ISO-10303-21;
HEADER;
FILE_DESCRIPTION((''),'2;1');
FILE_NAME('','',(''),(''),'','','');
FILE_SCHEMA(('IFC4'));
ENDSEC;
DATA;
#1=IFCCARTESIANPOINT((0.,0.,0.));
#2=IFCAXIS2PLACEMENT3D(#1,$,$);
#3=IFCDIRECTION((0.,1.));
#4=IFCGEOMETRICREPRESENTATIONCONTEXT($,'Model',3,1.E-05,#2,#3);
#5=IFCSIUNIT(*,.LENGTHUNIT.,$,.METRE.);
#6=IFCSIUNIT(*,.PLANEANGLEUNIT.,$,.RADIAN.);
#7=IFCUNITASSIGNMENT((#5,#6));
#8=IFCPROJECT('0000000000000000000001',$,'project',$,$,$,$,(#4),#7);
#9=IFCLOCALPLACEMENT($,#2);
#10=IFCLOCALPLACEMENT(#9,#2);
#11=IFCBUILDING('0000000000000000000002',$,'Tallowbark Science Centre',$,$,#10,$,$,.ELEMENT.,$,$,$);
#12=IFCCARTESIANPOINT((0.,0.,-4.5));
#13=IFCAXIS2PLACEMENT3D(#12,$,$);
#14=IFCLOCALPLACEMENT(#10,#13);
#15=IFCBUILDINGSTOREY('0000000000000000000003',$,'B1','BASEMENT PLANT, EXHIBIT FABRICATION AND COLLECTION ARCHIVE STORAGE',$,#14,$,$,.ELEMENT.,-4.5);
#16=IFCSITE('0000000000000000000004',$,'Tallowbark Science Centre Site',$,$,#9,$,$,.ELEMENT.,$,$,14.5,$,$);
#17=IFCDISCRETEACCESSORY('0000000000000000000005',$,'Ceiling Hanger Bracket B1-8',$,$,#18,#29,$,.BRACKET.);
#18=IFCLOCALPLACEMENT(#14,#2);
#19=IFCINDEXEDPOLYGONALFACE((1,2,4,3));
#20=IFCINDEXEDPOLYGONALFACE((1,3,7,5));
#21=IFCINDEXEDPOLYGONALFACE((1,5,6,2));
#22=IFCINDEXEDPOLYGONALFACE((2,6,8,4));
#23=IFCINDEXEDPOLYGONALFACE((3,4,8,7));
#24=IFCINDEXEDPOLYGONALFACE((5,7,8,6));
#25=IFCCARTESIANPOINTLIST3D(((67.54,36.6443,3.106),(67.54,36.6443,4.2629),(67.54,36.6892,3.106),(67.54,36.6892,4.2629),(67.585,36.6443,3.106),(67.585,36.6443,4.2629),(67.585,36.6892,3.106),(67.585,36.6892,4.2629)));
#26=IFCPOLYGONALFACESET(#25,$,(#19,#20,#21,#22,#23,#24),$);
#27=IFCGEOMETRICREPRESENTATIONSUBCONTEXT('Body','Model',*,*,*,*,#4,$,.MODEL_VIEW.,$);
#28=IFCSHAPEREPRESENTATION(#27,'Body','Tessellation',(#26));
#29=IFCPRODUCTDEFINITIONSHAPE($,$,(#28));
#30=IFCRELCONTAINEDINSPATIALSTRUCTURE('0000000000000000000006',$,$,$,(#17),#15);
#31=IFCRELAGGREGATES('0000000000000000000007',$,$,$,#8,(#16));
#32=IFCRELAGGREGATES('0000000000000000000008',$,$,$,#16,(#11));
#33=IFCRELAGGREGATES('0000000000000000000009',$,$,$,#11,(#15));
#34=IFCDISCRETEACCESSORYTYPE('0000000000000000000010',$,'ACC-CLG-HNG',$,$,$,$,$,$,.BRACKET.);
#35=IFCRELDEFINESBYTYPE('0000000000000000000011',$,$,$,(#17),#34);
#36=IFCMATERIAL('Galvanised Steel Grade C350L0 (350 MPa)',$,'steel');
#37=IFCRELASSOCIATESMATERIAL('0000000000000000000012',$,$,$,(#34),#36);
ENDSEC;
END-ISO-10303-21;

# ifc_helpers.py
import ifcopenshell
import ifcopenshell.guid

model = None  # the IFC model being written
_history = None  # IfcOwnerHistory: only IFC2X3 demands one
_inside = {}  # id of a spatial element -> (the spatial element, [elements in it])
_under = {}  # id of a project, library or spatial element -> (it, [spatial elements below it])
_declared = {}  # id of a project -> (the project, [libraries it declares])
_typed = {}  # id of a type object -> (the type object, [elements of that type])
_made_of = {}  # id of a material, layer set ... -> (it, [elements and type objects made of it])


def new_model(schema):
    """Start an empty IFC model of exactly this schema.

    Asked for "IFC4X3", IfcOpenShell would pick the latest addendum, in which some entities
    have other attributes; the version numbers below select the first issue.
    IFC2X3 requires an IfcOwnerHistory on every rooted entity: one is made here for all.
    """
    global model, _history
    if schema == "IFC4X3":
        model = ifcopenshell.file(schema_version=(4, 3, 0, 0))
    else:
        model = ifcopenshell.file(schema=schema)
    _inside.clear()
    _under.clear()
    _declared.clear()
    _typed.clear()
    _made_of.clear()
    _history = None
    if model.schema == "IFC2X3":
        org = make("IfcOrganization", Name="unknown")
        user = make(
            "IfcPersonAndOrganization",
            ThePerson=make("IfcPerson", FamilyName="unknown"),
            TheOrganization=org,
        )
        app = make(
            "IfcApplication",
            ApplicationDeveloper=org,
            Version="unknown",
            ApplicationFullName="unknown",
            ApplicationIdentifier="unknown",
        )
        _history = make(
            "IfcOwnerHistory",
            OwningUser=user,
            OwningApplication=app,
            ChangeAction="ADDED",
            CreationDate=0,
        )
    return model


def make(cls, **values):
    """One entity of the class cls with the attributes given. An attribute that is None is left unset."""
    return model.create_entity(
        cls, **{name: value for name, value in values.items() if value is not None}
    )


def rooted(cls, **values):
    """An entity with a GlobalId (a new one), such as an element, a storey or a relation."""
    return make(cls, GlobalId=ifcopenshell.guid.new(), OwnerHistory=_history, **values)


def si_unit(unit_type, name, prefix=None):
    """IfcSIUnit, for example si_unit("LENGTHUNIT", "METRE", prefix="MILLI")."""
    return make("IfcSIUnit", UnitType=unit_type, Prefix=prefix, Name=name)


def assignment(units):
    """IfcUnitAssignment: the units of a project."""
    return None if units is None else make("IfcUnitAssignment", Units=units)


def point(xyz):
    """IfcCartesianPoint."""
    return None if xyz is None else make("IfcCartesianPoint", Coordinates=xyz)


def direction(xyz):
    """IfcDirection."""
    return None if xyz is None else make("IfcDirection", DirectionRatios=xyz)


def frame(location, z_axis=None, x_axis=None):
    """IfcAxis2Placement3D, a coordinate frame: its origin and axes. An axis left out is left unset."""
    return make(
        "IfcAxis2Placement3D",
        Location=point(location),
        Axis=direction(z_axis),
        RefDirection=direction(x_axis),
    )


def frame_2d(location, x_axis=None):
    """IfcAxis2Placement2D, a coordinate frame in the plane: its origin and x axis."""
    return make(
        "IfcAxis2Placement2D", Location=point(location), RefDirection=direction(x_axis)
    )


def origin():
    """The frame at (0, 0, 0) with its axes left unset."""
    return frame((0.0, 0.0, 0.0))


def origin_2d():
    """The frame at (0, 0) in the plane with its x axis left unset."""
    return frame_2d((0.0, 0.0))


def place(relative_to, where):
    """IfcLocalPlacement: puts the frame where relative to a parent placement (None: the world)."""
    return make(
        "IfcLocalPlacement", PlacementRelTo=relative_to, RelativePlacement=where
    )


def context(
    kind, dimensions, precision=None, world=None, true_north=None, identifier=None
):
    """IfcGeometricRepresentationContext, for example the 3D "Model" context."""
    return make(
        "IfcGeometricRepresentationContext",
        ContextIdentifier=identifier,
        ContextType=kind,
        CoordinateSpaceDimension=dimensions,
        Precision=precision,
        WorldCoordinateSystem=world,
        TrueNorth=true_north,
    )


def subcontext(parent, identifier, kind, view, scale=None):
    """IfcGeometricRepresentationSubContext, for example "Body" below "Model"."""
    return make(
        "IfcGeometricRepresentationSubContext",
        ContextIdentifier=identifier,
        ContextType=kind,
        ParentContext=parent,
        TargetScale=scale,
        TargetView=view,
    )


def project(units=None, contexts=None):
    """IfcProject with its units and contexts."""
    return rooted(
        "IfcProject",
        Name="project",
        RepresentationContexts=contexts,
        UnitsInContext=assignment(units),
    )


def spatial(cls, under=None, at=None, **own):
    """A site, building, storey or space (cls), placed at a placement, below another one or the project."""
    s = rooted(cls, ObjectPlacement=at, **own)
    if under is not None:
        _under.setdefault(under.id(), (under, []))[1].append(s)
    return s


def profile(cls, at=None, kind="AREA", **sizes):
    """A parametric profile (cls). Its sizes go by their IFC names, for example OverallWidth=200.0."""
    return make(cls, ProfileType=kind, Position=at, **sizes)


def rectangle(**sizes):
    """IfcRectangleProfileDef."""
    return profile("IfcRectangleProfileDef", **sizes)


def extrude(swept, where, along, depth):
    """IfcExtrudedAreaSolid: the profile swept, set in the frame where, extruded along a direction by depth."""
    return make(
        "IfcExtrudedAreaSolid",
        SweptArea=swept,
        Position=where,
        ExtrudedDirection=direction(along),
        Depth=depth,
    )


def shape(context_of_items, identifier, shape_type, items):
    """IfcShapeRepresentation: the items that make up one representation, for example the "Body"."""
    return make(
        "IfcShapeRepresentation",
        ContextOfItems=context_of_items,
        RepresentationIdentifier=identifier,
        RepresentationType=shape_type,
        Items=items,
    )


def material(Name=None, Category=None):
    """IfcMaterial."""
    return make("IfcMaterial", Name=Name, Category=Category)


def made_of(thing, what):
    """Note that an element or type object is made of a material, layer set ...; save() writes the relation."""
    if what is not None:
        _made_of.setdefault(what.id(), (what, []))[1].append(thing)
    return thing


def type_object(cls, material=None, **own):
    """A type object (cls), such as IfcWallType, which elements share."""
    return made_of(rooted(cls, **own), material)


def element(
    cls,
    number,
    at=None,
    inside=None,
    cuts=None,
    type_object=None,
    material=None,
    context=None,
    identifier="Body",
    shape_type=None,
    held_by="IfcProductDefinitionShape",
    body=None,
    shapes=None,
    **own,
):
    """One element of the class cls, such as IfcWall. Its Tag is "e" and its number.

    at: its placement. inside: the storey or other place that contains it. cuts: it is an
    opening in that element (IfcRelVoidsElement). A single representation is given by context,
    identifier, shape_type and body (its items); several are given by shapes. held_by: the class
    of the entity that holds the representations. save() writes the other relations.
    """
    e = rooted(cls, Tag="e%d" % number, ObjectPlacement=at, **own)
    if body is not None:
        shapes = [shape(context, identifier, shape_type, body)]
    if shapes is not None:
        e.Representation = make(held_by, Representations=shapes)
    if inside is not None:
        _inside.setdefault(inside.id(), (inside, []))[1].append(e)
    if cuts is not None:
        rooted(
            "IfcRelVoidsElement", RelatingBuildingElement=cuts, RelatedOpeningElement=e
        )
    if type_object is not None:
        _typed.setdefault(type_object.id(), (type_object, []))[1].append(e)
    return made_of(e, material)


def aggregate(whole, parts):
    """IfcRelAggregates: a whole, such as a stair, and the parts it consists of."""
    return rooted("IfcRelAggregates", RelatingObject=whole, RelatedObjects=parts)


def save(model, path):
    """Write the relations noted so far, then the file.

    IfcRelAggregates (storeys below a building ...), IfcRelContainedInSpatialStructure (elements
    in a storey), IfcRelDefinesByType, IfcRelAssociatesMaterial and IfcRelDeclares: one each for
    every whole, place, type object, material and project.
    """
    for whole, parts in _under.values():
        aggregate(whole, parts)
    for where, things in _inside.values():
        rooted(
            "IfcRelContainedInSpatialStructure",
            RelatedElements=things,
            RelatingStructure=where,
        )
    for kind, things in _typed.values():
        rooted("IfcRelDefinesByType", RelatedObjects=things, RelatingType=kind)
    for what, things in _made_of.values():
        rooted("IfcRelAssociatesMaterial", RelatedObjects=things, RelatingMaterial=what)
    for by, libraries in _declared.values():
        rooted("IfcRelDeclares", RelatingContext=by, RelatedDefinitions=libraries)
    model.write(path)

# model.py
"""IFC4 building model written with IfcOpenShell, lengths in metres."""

from ifc_helpers import new_model, si_unit, direction, frame, origin, origin_2d, place, context, subcontext, project, spatial, rectangle, extrude, material, type_object, element, save


model = new_model("IFC4")

# Units and contexts
model_context = context("Model", 3, precision=1e-05, world=origin(), true_north=direction((0.0, 1.0)))
body_context = subcontext(model_context, "Body", "Model", "MODEL_VIEW")
ifc_project = project(units=[si_unit("LENGTHUNIT", "METRE"), si_unit("PLANEANGLEUNIT", "RADIAN")], contexts=[model_context])

# Site, building, storey
site_placement = place(None, origin())
site = spatial("IfcSite", under=ifc_project, at=site_placement, Name="Tallowbark Science Centre Site", CompositionType="ELEMENT", RefElevation=14.5)
building_placement = place(site_placement, origin())
building = spatial("IfcBuilding", under=site, at=building_placement, Name="Tallowbark Science Centre", CompositionType="ELEMENT")
storey_placement = place(building_placement, frame((0.0, 0.0, -4.5)))
storey = spatial("IfcBuildingStorey", under=building, at=storey_placement, Name="B1", Description="BASEMENT PLANT, EXHIBIT FABRICATION AND COLLECTION ARCHIVE STORAGE", CompositionType="ELEMENT", Elevation=-4.5)

# Discrete accessory
ifc_material_1 = material(Name="Galvanised Steel Grade C350L0 (350 MPa)", Category="steel")
discrete_accessory_type = type_object("IfcDiscreteAccessoryType", Name="ACC-CLG-HNG", PredefinedType="BRACKET", material=ifc_material_1)
for number, where, z_axis, x_axis, name in (
    (1, (67.5625, 36.6667, 3.106), (0.0, 0.0, 1.0), (1.0, 0.0, 0.0), "Ceiling Hanger Bracket B1-8"),
):
    element("IfcDiscreteAccessory", number, at=place(storey_placement, frame(where, z_axis=z_axis, x_axis=x_axis)), inside=storey, type_object=discrete_accessory_type, Name=name, PredefinedType="BRACKET", context=body_context, shape_type="SweptSolid", body=[
        extrude(rectangle(XDim=0.0449, YDim=0.0449, at=origin_2d()), origin(), (0.0, 0.0, 1.0), 1.157),
    ])

save(model, "model.ifc")
